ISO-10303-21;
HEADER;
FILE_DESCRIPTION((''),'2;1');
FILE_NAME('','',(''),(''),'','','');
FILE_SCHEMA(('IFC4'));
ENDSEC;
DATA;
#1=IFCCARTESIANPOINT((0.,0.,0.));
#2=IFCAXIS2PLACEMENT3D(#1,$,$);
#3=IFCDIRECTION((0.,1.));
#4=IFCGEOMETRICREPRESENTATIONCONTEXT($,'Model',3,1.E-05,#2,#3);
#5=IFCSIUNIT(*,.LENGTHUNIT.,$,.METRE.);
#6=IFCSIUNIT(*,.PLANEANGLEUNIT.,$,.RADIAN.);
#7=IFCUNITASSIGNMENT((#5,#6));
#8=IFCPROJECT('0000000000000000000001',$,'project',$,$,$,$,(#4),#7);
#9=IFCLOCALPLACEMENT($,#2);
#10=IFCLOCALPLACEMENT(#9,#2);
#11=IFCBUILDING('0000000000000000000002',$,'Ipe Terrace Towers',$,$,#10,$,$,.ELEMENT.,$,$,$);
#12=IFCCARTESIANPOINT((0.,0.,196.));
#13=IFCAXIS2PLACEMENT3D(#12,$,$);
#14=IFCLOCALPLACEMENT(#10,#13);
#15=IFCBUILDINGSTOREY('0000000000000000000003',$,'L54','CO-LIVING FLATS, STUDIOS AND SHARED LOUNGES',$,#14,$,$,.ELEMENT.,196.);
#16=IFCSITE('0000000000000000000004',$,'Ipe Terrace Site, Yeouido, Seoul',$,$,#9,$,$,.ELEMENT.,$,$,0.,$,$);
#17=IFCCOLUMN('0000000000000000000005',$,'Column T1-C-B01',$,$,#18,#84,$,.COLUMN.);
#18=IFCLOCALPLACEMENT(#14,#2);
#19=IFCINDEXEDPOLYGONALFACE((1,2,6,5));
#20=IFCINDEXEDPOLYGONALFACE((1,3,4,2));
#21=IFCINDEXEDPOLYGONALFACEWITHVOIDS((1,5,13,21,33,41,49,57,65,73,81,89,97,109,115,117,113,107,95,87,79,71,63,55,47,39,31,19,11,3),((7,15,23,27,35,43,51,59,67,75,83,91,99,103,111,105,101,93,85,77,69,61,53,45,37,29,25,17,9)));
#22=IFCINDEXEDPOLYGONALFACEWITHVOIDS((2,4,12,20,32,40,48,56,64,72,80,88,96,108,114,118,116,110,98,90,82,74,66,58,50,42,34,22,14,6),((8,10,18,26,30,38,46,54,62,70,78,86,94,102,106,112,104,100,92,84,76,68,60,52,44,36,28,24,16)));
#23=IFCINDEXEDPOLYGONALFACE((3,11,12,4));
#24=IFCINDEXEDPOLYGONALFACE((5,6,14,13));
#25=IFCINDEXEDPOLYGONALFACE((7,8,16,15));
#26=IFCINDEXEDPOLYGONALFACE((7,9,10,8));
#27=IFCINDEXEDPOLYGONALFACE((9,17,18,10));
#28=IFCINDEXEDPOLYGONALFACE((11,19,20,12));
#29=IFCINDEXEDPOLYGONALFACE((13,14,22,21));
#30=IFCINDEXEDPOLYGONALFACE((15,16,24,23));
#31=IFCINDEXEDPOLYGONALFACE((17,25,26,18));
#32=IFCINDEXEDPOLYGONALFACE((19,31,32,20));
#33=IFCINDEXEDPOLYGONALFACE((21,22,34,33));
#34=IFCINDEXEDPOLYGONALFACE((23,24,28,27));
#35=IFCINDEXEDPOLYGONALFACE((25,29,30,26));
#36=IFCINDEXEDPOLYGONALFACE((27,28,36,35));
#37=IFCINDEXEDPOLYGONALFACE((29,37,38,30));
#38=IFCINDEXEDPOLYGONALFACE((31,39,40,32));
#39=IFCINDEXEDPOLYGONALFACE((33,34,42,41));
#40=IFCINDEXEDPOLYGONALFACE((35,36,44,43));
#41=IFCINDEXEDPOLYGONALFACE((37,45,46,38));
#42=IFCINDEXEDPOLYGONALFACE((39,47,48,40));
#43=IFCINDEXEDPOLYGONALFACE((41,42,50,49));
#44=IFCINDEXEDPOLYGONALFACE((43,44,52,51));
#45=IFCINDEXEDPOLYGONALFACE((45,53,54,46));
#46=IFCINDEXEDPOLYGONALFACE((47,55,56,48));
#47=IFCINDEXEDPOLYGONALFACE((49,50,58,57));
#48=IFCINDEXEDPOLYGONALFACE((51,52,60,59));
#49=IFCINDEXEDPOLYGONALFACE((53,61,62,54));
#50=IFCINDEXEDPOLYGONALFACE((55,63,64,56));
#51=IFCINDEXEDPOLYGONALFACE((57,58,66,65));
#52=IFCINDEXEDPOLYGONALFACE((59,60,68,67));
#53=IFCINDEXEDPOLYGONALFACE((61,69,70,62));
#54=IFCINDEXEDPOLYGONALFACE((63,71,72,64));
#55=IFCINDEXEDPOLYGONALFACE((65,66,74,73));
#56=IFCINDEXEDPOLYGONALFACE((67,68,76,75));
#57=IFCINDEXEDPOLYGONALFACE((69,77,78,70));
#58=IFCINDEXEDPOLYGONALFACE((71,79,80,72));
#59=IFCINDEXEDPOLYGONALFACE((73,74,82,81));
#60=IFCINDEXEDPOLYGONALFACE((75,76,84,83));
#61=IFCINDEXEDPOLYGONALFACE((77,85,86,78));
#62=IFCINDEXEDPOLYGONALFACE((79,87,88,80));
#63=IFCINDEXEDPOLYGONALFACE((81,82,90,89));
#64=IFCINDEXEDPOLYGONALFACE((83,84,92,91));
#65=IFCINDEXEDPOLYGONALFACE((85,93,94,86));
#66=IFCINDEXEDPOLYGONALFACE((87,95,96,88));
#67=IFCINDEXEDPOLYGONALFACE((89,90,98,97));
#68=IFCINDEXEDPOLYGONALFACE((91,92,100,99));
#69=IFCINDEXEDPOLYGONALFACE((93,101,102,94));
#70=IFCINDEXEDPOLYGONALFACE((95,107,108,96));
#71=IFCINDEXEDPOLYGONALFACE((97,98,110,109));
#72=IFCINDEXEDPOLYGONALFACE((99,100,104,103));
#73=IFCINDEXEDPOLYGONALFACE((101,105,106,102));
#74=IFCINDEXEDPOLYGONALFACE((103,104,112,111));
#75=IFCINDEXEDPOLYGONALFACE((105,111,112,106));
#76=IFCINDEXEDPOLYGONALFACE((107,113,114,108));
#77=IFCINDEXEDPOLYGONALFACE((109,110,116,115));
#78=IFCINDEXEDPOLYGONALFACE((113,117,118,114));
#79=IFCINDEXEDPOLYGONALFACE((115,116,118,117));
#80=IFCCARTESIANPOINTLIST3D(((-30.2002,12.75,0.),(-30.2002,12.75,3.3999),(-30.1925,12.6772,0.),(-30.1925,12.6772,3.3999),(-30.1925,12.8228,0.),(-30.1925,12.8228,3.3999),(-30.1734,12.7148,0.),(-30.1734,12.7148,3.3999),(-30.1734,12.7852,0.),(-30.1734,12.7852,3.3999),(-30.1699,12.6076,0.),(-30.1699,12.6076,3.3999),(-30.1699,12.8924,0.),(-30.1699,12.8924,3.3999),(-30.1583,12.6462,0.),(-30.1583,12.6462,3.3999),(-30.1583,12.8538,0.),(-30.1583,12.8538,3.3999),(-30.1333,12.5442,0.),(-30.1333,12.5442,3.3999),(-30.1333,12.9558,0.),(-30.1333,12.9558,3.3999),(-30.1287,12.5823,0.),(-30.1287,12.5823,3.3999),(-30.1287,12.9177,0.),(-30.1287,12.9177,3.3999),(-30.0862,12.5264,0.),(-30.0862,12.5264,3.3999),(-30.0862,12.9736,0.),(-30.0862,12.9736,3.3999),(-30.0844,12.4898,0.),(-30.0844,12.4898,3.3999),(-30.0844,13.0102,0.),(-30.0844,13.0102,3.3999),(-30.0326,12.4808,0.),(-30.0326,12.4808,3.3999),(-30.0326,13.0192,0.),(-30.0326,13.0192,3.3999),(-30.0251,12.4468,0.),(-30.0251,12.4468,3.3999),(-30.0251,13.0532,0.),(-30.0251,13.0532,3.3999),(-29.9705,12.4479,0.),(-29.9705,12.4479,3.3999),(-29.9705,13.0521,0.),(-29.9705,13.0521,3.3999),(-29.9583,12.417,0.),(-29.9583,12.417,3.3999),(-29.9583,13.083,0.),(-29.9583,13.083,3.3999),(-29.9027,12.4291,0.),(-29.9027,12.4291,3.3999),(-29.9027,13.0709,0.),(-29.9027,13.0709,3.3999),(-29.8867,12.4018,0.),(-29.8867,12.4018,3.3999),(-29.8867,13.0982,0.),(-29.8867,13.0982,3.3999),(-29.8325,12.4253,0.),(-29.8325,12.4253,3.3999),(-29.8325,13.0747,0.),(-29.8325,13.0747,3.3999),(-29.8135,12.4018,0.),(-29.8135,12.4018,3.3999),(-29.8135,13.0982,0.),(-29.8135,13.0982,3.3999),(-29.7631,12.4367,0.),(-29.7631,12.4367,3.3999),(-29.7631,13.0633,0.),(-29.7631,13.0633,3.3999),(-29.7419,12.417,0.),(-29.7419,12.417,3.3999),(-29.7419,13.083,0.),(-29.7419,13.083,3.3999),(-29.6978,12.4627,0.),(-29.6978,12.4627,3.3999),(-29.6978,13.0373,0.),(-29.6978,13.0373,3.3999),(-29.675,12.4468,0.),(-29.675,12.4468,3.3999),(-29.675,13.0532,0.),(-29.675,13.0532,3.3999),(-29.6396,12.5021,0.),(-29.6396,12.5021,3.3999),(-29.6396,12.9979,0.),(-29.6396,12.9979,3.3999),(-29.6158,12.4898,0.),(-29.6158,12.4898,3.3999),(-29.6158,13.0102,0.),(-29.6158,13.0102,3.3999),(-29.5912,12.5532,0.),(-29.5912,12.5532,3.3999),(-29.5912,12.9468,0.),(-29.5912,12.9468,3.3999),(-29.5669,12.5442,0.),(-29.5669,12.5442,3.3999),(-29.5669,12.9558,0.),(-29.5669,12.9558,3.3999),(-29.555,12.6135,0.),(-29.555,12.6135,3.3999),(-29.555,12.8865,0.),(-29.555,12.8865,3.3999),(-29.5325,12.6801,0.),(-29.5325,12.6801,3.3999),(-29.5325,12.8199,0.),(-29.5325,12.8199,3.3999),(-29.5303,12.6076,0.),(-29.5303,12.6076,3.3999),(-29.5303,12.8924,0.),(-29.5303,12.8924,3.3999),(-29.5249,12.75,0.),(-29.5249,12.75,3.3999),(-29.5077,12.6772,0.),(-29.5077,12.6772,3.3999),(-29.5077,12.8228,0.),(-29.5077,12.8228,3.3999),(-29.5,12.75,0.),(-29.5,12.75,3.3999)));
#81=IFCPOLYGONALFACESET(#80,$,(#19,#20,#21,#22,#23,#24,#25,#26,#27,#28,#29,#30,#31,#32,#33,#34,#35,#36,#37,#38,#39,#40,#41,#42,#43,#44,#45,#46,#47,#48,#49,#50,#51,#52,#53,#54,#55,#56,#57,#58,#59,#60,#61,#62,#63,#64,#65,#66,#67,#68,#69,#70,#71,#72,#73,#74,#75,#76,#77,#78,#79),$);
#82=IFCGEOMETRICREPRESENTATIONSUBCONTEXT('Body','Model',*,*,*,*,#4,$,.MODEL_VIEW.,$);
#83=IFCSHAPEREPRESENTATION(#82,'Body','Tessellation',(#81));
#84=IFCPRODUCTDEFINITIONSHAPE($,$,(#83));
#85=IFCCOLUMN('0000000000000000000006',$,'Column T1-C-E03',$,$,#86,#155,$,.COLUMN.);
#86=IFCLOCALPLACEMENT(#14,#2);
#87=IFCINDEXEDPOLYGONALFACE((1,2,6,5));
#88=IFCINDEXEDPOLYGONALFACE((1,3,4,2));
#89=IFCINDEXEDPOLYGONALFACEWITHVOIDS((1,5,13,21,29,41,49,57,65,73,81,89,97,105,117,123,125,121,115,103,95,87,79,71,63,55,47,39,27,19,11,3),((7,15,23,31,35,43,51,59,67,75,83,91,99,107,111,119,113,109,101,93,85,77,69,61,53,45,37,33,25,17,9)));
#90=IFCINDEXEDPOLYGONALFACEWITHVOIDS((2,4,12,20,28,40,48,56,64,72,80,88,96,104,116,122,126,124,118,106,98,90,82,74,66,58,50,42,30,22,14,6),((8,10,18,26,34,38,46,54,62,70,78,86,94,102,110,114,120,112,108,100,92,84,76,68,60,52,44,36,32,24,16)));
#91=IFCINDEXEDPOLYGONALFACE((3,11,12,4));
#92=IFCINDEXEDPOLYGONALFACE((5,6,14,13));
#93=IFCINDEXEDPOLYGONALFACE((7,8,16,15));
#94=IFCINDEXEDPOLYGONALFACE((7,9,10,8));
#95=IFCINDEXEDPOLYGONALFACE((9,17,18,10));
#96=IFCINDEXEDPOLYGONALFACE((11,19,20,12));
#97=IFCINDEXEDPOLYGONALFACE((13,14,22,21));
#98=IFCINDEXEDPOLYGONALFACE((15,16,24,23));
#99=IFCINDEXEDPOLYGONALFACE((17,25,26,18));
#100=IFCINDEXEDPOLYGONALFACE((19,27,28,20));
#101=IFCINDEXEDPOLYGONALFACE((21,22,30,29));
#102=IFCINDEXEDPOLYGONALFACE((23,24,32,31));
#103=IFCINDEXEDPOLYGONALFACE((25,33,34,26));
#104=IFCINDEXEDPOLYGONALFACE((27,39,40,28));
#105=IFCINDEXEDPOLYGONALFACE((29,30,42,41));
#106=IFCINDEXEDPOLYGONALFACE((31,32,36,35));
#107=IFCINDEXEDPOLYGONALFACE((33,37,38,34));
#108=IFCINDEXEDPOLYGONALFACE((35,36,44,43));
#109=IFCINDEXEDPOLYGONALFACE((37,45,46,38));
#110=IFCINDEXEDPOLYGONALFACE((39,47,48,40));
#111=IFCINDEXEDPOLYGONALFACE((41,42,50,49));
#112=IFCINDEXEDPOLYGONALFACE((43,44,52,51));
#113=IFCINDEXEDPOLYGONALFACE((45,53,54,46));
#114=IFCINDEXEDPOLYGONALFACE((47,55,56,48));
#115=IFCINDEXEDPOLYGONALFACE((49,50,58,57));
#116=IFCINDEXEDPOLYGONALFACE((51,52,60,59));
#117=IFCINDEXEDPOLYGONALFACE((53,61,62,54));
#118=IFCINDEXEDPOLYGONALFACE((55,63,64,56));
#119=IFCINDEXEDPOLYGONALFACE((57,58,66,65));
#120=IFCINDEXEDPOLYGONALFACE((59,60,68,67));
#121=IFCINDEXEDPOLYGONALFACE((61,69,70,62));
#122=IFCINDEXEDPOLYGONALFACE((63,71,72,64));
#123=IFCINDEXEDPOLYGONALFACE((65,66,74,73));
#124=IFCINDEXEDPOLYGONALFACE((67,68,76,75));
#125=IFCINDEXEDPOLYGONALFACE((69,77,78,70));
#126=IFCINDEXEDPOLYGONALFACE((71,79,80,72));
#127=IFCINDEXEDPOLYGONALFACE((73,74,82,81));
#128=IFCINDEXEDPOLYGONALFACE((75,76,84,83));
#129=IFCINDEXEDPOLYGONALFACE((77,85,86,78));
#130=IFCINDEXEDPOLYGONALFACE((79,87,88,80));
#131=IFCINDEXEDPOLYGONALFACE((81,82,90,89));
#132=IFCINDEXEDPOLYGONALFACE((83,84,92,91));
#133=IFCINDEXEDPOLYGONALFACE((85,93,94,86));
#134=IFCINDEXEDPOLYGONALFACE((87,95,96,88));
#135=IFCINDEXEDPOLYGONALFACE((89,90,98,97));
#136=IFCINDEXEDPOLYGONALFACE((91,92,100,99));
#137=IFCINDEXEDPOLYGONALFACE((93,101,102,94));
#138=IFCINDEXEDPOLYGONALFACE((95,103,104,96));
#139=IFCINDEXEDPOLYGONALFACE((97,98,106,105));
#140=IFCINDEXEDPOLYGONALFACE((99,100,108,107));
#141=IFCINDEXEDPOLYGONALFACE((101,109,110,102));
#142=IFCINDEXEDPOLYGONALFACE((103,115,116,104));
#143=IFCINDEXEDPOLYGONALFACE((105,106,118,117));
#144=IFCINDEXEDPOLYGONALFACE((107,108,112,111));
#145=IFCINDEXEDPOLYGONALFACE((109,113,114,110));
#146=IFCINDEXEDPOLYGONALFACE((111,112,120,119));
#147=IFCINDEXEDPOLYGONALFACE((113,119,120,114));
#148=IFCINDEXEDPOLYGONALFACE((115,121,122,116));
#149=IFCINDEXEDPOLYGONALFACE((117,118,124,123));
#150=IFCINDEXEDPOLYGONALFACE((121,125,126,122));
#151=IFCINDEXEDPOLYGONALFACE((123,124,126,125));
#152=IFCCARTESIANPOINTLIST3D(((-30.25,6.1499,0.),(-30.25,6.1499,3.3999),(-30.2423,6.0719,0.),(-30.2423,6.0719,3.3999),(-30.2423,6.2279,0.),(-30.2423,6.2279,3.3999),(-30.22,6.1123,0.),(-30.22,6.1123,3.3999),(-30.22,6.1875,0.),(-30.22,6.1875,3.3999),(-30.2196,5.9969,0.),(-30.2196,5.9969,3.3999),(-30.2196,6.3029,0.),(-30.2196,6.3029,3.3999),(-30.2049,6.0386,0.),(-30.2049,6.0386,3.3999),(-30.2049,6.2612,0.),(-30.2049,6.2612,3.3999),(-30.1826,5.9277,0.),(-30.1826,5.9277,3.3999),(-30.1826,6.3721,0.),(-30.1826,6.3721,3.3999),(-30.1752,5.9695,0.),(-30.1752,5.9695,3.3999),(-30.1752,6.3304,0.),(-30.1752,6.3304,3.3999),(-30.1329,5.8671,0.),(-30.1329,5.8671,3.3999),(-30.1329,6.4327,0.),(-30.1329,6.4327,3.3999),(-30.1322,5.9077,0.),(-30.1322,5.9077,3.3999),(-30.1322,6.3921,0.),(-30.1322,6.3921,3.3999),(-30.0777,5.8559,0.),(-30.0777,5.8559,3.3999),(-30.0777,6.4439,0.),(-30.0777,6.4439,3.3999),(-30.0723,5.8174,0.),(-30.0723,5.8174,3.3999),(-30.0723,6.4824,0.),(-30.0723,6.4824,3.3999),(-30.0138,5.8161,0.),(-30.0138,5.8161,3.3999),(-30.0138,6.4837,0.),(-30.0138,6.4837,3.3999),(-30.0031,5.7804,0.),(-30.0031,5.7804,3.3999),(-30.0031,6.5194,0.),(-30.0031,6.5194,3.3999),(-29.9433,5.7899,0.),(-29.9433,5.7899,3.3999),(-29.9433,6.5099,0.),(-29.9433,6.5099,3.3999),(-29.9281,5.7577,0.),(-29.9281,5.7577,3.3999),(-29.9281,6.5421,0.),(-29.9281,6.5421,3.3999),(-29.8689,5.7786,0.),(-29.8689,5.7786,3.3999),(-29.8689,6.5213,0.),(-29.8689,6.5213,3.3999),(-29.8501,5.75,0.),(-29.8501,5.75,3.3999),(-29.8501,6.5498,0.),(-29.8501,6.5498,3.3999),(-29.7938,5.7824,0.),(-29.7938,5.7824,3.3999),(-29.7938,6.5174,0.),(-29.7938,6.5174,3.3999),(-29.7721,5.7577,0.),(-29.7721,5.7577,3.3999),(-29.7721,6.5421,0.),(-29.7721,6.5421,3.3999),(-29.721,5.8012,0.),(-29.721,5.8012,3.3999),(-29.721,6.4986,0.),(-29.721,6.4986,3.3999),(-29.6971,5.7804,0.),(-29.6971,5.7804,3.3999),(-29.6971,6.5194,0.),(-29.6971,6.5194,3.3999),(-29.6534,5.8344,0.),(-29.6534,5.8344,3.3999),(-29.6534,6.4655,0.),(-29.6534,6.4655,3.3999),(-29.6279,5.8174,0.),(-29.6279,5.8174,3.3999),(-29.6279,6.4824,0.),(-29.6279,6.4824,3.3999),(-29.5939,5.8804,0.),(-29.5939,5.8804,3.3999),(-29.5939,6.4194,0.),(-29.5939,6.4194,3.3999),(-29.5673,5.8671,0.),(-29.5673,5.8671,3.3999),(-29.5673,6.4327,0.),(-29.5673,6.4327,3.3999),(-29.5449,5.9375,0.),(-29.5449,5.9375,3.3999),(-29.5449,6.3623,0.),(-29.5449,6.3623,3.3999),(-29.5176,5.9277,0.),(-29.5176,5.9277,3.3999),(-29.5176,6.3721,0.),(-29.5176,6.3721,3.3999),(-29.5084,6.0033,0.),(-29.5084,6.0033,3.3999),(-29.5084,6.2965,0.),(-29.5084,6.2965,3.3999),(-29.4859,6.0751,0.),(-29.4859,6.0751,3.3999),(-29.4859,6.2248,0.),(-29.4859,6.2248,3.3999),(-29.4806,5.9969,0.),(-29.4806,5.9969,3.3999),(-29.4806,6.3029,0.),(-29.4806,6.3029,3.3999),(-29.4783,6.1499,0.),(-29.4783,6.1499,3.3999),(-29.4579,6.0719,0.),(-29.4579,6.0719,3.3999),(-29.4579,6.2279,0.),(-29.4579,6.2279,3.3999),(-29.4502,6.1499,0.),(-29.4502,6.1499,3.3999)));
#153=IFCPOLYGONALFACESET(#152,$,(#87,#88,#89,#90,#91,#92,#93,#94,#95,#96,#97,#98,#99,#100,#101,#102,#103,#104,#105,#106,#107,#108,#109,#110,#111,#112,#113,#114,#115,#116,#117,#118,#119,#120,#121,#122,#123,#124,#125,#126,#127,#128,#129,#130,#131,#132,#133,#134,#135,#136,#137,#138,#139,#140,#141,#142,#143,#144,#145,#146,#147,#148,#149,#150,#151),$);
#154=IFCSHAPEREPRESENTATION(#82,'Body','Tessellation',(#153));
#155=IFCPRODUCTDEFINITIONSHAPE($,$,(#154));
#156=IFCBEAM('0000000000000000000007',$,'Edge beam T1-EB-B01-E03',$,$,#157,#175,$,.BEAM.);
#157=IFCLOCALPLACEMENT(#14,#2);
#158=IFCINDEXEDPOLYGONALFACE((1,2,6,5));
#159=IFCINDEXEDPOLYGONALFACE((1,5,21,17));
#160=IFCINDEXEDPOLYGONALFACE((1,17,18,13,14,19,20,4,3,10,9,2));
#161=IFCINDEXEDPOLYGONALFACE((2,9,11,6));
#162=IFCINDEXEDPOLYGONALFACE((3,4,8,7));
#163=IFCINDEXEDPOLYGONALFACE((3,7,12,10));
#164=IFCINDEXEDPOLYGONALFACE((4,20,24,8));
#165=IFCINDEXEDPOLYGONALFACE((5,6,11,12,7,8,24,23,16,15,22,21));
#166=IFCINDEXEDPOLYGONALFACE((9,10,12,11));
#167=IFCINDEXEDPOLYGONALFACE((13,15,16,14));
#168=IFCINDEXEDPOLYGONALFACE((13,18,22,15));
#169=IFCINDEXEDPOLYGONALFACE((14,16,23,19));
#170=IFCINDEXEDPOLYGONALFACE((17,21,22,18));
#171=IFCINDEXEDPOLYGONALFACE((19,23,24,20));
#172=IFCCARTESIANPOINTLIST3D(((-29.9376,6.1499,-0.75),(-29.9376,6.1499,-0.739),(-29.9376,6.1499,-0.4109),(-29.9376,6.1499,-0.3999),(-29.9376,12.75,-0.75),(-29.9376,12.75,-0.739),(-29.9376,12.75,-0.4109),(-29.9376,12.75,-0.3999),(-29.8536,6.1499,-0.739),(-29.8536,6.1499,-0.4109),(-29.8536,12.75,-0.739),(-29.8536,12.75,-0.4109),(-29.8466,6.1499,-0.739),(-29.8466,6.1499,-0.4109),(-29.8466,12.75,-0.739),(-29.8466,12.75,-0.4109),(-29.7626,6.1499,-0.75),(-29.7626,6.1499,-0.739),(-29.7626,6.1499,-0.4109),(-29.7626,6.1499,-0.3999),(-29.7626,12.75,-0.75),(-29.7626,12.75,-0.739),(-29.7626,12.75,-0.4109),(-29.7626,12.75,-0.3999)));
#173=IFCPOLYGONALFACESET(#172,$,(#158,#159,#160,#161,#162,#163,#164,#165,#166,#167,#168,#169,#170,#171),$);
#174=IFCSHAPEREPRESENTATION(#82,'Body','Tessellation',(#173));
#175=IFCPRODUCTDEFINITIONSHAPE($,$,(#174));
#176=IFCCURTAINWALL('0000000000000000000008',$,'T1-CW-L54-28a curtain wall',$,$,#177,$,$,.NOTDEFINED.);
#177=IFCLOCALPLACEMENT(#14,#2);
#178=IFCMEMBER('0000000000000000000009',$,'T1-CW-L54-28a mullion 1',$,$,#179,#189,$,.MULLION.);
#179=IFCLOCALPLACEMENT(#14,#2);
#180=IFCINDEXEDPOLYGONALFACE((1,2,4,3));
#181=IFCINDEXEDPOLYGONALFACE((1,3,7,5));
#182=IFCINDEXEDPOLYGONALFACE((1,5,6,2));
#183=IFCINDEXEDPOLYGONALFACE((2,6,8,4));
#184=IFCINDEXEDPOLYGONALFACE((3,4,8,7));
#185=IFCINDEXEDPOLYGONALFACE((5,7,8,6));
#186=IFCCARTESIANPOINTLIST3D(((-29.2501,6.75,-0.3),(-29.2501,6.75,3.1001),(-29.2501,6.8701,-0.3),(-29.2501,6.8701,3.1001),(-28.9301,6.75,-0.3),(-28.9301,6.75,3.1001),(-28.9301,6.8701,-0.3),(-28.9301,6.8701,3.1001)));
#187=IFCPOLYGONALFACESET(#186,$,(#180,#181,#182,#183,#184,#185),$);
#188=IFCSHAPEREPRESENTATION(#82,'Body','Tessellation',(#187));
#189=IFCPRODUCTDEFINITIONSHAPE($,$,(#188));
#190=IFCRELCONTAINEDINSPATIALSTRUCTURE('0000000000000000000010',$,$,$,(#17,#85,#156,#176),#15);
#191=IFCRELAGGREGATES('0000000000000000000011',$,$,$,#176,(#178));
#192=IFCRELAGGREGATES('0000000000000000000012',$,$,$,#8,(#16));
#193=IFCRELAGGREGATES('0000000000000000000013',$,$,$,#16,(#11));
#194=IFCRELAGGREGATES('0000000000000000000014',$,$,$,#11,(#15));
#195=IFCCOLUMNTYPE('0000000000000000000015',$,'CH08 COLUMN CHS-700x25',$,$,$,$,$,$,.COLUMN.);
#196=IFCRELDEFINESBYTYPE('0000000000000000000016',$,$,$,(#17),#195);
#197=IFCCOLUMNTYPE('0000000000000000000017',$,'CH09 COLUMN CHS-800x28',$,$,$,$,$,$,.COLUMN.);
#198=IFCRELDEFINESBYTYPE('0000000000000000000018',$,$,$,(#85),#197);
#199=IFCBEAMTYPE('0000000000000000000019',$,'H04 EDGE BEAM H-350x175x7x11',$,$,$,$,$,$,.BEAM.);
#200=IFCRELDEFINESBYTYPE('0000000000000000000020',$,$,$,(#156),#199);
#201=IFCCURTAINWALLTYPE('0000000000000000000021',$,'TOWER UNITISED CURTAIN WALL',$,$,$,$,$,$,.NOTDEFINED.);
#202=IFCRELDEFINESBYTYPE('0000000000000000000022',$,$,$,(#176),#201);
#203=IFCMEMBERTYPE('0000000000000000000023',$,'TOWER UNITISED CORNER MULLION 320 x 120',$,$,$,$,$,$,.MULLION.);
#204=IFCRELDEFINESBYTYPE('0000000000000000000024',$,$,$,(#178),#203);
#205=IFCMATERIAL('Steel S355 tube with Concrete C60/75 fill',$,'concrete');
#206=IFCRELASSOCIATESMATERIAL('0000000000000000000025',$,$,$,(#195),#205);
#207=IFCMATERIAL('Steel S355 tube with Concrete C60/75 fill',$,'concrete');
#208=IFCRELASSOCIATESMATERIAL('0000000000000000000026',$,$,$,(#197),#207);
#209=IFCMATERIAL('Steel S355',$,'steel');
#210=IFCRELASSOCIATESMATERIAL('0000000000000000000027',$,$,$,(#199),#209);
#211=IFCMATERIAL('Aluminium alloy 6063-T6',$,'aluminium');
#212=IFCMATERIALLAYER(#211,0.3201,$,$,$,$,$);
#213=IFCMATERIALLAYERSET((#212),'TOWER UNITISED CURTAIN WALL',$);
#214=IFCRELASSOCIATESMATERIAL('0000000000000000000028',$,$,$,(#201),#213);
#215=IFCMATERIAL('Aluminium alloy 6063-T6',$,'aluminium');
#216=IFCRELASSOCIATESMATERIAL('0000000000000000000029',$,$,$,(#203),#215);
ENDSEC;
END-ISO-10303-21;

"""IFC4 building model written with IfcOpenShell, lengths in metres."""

from ifc_helpers import new_model, si_unit, direction, frame, origin, origin_2d, place, context, subcontext, project, spatial, rectangle, hollow_circle, i_section, extrude, material, layer, layer_set, material_profile, profile_set, type_object, element, aggregate, save


model = new_model("IFC4")

# Units and contexts
model_context = context("Model", 3, precision=1e-05, world=origin(), true_north=direction((0.0, 1.0)))
body_context = subcontext(model_context, "Body", "Model", "MODEL_VIEW")
ifc_project = project(units=[si_unit("LENGTHUNIT", "METRE"), si_unit("PLANEANGLEUNIT", "RADIAN")], contexts=[model_context])

# Site, building, storey
site_placement = place(None, origin())
site = spatial("IfcSite", under=ifc_project, at=site_placement, Name="Ipe Terrace Site, Yeouido, Seoul", CompositionType="ELEMENT", RefElevation=0.0)
building_placement = place(site_placement, origin())
building = spatial("IfcBuilding", under=site, at=building_placement, Name="Ipe Terrace Towers", CompositionType="ELEMENT")
storey_placement = place(building_placement, frame((0.0, 0.0, 196.0)))
storey = spatial("IfcBuildingStorey", under=building, at=storey_placement, Name="L54", Description="CO-LIVING FLATS, STUDIOS AND SHARED LOUNGES", CompositionType="ELEMENT", Elevation=196.0)

# Columns
ifc_material_1 = material(Name="Steel S355 tube with Concrete C60/75 fill", Category="concrete")
ifc_material_profile_1 = material_profile(ifc_material_1, hollow_circle(Radius=0.3501, WallThickness=0.0249, at=origin_2d()), Name="CHS-700x25")
ifc_profile_set_1 = profile_set([ifc_material_profile_1], Name="Steel S355 tube with Concrete C60/75 fill")
column_type_1 = type_object("IfcColumnType", Name="CH08 COLUMN CHS-700x25", PredefinedType="COLUMN", material=ifc_profile_set_1)
column_1_placement = place(storey_placement, frame((-29.8501, 12.75, 0.0), z_axis=(0.0, 0.0, 1.0), x_axis=(1.0, 0.0, 0.0)))
element("IfcColumn", 1, at=column_1_placement, inside=storey, type_object=column_type_1, Name="Column T1-C-B01", PredefinedType="COLUMN", context=body_context, shape_type="SweptSolid", body=[
    extrude(hollow_circle(Radius=0.3501, WallThickness=0.0249, at=origin_2d()), origin(), (0.0, 0.0, 1.0), 3.3999),
])
ifc_material_2 = material(Name="Steel S355 tube with Concrete C60/75 fill", Category="concrete")
ifc_material_profile_2 = material_profile(ifc_material_2, hollow_circle(Radius=0.3999, WallThickness=0.0281, at=origin_2d()), Name="CHS-800x28")
ifc_profile_set_2 = profile_set([ifc_material_profile_2], Name="Steel S355 tube with Concrete C60/75 fill")
column_type_2 = type_object("IfcColumnType", Name="CH09 COLUMN CHS-800x28", PredefinedType="COLUMN", material=ifc_profile_set_2)
column_2_placement = place(storey_placement, frame((-29.8501, 6.1499, 0.0), z_axis=(0.0, 0.0, 1.0), x_axis=(1.0, 0.0, 0.0)))
element("IfcColumn", 2, at=column_2_placement, inside=storey, type_object=column_type_2, Name="Column T1-C-E03", PredefinedType="COLUMN", context=body_context, shape_type="SweptSolid", body=[
    extrude(hollow_circle(Radius=0.3999, WallThickness=0.0281, at=origin_2d()), origin(), (0.0, 0.0, 1.0), 3.3999),
])

# Beam
ifc_material_3 = material(Name="Steel S355", Category="steel")
ifc_material_profile_3 = material_profile(ifc_material_3, i_section(OverallWidth=0.175, OverallDepth=0.3501, WebThickness=0.0071, FlangeThickness=0.011, at=origin_2d()), Name="H-350x175x7x11")
ifc_profile_set_3 = profile_set([ifc_material_profile_3], Name="Steel S355")
beam_type = type_object("IfcBeamType", Name="H04 EDGE BEAM H-350x175x7x11", PredefinedType="BEAM", material=ifc_profile_set_3)
beam_placement = place(storey_placement, frame((-29.8501, 12.75, -0.575), z_axis=(0.0, -1.0, 0.0), x_axis=(1.0, 0.0, 0.0)))
element("IfcBeam", 3, at=beam_placement, inside=storey, type_object=beam_type, Name="Edge beam T1-EB-B01-E03", PredefinedType="BEAM", context=body_context, shape_type="SweptSolid", body=[
    extrude(i_section(OverallWidth=0.175, OverallDepth=0.3501, WebThickness=0.0071, FlangeThickness=0.011, at=origin_2d()), origin(), (0.0, 0.0, 1.0), 6.6001),
])

# Curtain wall, member
ifc_material_4 = material(Name="Aluminium alloy 6063-T6", Category="aluminium")
ifc_layer_1 = layer(ifc_material_4, 0.3201)
ifc_layer_set_1 = layer_set([ifc_layer_1], Name="TOWER UNITISED CURTAIN WALL")
curtain_wall_type = type_object("IfcCurtainWallType", Name="TOWER UNITISED CURTAIN WALL", PredefinedType="NOTDEFINED", material=ifc_layer_set_1)
curtain_wall_placement = place(storey_placement, origin())
curtain_wall = element("IfcCurtainWall", 4, at=curtain_wall_placement, inside=storey, type_object=curtain_wall_type, Name="T1-CW-L54-28a curtain wall", PredefinedType="NOTDEFINED")
ifc_material_5 = material(Name="Aluminium alloy 6063-T6", Category="aluminium")
ifc_material_profile_4 = material_profile(ifc_material_5, rectangle(XDim=0.3201, YDim=0.1201, at=origin_2d()), Name="TOWER UNITISED CORNER MULLION 320 x 120")
ifc_profile_set_4 = profile_set([ifc_material_profile_4], Name="Aluminium alloy 6063-T6")
member_type = type_object("IfcMemberType", Name="TOWER UNITISED CORNER MULLION 320 x 120", PredefinedType="MULLION", material=ifc_profile_set_4)
member_1_placement = place(storey_placement, frame((-29.0901, 6.8101, -0.3), z_axis=(0.0, 0.0, 1.0), x_axis=(1.0, 0.0, 0.0)))
member_1 = element("IfcMember", 5, at=member_1_placement, type_object=member_type, Name="T1-CW-L54-28a mullion 1", PredefinedType="MULLION", context=body_context, shape_type="SweptSolid", body=[
    extrude(rectangle(XDim=0.3201, YDim=0.1201, at=origin_2d()), origin(), (0.0, 0.0, 1.0), 3.4001),
])
aggregate(curtain_wall, [member_1])

save(model, "model.ifc")
